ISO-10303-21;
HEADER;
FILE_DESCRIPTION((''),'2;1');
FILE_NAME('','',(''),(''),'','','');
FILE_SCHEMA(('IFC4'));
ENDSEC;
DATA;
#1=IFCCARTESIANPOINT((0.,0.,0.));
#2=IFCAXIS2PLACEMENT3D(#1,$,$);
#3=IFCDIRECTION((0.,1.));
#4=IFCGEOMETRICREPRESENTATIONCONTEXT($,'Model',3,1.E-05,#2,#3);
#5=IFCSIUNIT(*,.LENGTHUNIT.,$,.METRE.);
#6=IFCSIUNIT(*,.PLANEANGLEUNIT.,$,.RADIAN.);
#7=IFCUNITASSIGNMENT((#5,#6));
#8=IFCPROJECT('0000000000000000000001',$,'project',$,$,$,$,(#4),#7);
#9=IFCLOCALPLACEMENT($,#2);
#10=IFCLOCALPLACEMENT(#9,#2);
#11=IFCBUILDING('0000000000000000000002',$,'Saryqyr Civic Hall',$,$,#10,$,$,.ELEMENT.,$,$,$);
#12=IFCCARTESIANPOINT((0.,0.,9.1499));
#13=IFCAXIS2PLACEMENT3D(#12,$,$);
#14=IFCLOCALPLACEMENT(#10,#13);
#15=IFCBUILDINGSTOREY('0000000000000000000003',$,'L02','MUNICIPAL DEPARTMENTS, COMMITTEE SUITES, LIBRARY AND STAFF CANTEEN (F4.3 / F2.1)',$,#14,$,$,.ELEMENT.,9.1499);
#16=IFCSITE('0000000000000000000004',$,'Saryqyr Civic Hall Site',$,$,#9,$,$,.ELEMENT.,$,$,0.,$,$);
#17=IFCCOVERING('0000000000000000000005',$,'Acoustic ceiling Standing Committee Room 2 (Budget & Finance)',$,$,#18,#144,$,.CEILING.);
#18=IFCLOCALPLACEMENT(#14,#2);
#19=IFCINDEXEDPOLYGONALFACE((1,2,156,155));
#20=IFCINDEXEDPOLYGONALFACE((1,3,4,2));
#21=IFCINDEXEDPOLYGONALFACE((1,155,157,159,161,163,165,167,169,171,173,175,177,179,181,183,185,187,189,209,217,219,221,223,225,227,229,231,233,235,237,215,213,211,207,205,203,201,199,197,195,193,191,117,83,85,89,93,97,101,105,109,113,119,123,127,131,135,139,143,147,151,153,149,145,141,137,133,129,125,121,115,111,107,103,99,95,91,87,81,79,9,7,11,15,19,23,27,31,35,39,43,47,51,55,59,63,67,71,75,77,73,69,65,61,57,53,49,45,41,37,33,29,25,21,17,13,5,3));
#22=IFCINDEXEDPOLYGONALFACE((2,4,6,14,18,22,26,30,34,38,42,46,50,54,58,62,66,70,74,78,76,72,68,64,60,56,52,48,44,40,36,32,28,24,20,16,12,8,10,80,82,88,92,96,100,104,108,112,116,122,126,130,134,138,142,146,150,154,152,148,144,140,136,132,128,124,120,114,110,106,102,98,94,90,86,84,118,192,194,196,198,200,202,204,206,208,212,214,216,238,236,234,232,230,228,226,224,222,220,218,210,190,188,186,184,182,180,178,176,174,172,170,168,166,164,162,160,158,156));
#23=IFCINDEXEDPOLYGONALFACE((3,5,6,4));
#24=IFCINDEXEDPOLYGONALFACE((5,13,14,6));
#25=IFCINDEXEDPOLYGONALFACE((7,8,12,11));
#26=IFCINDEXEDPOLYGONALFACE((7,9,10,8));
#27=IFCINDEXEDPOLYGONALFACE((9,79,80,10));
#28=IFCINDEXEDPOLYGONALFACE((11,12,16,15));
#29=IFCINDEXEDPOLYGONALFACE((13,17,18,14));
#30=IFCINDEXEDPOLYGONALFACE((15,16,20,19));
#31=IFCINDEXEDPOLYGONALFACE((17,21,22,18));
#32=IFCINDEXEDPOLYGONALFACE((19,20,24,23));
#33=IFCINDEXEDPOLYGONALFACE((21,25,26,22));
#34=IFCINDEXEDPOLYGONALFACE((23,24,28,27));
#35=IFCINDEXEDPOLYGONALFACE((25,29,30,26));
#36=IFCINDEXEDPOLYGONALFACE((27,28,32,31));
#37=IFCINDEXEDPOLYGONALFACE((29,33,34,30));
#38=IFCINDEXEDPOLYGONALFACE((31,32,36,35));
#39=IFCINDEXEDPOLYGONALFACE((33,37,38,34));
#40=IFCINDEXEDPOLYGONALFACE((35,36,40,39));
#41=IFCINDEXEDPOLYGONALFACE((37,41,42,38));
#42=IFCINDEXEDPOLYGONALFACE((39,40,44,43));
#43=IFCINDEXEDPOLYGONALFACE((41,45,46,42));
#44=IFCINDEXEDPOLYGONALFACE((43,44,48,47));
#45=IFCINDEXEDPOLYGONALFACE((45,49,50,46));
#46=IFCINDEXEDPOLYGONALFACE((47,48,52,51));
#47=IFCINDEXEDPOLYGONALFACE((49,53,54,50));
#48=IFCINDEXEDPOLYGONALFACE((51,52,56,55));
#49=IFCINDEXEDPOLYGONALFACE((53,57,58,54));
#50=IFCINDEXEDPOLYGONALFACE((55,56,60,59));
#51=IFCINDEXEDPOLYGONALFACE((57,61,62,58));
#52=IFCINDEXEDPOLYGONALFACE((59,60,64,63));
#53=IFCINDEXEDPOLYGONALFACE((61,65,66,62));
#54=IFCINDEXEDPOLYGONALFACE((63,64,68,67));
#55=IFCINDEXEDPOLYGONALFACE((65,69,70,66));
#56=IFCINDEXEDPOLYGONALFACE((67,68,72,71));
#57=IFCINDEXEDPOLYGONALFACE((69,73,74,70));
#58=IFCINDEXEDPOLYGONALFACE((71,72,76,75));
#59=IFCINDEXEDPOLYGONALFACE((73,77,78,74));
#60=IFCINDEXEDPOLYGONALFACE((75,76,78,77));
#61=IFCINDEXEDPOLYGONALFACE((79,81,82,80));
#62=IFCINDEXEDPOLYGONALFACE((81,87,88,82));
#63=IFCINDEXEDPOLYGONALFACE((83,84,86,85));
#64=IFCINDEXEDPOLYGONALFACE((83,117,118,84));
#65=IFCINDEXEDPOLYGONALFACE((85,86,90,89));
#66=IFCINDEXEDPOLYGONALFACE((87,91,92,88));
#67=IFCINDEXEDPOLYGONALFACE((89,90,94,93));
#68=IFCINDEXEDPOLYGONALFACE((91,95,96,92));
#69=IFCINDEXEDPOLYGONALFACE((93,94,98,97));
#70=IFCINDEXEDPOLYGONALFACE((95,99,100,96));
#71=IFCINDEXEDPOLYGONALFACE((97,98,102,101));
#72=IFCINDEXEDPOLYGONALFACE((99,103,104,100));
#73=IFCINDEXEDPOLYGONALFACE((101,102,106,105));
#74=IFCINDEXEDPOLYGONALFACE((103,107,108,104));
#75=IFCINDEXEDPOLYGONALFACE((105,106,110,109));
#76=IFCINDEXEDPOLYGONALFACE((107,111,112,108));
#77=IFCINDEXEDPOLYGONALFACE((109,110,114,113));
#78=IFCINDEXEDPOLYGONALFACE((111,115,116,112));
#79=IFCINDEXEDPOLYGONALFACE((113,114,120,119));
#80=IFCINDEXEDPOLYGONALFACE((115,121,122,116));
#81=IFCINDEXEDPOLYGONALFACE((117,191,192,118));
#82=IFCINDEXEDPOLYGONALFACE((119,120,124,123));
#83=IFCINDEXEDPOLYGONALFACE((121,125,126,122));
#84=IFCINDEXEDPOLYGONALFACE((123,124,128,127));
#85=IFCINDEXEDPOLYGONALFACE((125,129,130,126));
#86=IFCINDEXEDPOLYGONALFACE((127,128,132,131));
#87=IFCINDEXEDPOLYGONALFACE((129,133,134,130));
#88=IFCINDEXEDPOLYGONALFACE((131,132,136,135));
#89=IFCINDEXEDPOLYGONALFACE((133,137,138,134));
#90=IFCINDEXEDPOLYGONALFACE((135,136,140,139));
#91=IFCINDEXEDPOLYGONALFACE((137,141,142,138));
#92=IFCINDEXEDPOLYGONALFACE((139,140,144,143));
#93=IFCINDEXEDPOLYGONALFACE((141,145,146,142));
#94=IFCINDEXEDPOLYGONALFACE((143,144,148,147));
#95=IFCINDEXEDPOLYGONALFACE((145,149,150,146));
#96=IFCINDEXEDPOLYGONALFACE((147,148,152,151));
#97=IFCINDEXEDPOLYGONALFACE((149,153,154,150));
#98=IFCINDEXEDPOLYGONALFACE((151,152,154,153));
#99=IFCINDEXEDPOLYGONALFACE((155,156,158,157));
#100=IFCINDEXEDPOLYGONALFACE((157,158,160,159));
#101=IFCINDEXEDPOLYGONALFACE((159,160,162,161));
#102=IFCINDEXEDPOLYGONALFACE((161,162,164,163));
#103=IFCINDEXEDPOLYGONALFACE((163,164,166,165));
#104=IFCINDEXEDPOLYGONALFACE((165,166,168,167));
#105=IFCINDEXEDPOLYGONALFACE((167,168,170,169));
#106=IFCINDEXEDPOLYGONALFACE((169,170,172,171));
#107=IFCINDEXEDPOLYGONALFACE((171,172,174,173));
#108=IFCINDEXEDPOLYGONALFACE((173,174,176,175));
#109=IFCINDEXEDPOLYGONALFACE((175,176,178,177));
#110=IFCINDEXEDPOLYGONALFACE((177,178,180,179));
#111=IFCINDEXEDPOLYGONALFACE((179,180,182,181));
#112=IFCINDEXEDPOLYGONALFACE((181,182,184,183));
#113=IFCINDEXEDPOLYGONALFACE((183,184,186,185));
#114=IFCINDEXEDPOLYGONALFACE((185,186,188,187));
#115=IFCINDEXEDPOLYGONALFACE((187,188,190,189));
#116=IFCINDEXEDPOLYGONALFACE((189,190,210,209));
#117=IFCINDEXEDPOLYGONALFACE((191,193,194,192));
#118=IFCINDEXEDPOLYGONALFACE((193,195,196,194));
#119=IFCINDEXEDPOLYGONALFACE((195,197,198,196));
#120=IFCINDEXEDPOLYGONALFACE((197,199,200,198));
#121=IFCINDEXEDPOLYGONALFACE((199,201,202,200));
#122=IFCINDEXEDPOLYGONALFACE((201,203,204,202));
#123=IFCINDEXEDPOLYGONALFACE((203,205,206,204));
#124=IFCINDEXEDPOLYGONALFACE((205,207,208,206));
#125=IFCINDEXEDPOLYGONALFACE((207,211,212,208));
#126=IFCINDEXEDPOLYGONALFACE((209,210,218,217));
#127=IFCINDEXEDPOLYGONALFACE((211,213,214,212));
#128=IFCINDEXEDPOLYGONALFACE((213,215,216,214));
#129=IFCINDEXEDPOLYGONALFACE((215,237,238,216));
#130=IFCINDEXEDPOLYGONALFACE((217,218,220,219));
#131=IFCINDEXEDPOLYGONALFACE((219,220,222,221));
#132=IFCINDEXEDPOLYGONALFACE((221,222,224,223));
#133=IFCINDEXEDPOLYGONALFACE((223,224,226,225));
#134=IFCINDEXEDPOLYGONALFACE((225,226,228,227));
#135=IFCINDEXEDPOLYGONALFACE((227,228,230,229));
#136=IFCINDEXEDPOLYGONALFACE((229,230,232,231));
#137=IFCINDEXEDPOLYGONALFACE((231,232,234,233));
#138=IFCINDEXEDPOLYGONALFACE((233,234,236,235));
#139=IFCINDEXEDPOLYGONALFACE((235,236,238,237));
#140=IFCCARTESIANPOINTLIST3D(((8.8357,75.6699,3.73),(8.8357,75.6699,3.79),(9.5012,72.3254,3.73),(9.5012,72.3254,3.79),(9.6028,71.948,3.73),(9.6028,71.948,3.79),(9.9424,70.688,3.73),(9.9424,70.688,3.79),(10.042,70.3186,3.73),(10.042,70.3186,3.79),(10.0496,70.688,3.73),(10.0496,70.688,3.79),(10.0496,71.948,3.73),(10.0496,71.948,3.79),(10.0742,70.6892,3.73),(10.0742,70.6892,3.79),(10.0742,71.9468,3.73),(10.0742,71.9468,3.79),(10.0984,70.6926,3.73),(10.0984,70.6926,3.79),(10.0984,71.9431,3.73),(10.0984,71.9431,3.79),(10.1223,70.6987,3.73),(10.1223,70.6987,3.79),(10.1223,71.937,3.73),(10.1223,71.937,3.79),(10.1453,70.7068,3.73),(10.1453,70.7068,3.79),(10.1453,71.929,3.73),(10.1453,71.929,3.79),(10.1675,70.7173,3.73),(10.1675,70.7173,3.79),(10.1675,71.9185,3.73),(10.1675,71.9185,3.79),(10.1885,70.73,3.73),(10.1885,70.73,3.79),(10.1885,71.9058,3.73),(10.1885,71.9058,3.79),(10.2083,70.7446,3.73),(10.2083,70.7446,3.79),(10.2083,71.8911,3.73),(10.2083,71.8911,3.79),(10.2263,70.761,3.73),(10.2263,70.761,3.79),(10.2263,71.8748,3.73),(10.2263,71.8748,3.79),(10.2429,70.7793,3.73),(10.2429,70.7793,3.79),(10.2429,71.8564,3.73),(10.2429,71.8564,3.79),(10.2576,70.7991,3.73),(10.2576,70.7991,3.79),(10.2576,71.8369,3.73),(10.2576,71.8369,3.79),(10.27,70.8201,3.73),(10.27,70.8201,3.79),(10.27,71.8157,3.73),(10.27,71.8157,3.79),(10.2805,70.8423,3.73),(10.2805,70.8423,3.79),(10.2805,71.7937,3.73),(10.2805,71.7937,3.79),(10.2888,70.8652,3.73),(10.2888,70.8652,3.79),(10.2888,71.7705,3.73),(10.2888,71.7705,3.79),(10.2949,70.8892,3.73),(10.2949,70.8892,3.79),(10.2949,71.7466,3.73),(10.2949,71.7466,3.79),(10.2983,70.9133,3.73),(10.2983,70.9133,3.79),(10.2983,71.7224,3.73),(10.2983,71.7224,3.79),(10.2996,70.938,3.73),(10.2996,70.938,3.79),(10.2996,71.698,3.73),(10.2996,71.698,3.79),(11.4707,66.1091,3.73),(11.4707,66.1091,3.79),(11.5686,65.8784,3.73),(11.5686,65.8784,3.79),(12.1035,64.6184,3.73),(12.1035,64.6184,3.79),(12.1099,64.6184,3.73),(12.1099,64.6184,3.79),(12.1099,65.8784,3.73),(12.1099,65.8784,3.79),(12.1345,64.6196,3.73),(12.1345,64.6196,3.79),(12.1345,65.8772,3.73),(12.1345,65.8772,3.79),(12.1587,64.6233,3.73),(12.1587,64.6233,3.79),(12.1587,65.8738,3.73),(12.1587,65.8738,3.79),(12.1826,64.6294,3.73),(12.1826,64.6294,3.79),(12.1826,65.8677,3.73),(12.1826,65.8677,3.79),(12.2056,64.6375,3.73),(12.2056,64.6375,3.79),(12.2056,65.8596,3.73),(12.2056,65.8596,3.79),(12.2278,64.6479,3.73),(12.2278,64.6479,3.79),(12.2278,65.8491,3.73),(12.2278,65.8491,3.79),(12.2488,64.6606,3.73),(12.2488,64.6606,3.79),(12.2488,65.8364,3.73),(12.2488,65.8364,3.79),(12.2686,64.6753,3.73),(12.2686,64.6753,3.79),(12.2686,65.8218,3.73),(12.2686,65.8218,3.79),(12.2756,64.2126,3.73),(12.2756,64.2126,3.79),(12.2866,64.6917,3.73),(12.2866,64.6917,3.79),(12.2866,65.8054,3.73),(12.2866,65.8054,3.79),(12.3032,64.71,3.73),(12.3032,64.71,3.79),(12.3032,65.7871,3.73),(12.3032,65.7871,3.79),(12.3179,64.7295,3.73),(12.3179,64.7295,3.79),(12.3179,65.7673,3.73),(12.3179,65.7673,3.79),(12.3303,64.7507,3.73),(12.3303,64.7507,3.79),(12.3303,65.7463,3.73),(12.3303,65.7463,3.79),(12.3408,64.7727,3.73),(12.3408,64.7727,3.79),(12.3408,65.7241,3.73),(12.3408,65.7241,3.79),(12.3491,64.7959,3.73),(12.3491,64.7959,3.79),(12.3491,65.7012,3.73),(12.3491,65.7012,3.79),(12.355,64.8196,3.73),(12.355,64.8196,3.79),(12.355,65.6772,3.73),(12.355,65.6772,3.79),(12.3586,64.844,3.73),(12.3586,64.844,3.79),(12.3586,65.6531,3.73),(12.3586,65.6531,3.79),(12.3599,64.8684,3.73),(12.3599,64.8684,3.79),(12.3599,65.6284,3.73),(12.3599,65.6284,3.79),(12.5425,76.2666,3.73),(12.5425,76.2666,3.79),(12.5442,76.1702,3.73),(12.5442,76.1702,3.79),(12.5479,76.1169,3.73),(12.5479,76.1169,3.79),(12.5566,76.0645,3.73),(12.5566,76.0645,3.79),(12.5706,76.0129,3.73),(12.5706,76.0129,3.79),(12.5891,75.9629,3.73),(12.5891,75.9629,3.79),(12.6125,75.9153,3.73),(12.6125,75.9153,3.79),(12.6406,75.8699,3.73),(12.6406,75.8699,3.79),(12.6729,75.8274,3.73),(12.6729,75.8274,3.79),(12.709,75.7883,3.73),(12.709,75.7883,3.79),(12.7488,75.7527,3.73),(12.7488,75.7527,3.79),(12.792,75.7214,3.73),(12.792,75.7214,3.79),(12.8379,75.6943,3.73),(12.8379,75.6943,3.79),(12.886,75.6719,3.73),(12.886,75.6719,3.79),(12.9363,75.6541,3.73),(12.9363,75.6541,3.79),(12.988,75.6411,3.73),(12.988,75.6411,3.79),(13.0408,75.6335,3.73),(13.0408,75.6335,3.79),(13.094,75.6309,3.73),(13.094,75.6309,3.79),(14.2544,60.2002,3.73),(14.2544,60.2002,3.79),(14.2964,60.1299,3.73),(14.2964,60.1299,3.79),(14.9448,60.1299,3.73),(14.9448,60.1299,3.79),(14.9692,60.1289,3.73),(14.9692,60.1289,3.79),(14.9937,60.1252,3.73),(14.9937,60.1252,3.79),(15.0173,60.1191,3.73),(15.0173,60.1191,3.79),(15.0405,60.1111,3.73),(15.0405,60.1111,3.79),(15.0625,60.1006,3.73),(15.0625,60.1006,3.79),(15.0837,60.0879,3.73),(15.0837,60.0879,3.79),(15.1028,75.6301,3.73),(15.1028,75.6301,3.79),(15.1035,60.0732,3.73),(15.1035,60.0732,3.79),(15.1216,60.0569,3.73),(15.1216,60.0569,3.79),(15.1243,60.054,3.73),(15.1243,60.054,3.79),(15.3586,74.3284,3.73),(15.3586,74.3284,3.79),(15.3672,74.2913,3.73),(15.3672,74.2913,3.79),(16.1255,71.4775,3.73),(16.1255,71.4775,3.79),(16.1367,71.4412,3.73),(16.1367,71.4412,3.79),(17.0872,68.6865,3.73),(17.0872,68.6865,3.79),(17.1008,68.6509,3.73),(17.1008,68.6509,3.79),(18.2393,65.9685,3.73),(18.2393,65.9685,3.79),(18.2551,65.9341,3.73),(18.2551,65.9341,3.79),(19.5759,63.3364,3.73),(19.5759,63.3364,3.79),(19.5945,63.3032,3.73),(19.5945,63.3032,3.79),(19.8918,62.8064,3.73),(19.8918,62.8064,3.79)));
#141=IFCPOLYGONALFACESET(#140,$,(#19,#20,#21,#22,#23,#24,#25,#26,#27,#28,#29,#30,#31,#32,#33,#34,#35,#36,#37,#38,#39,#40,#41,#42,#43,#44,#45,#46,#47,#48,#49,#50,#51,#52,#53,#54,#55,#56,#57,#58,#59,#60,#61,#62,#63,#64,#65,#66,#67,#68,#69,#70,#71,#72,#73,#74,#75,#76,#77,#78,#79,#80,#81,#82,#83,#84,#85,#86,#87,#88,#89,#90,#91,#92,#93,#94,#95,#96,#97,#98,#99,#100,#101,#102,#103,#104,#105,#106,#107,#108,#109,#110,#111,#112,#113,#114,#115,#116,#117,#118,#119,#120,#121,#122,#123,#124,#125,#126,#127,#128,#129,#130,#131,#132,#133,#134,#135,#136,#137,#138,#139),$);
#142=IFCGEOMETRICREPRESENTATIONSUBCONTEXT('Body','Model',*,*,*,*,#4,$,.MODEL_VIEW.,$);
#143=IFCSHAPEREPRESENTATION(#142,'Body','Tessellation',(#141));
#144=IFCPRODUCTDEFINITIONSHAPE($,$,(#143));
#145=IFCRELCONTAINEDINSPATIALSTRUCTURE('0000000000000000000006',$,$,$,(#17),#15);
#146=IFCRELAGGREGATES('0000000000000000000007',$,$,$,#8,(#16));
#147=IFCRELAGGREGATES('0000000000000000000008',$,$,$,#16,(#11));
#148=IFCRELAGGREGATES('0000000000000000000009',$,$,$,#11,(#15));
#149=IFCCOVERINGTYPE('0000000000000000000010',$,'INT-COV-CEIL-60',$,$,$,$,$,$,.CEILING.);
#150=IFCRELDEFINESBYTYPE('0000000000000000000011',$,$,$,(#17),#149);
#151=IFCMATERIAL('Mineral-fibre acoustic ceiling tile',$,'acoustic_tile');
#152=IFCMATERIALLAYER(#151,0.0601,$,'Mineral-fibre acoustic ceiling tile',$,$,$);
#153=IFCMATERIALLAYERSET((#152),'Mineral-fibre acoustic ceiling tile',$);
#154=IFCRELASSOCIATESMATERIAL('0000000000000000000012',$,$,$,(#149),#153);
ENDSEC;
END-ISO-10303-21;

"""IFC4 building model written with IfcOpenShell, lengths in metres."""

from ifc_helpers import new_model, si_unit, direction, frame, origin, place, context, subcontext, project, spatial, polyline, outline, extrude, material, layer, layer_set, type_object, element, save


model = new_model("IFC4")

# Units and contexts
model_context = context("Model", 3, precision=1e-05, world=origin(), true_north=direction((0.0, 1.0)))
body_context = subcontext(model_context, "Body", "Model", "MODEL_VIEW")
ifc_project = project(units=[si_unit("LENGTHUNIT", "METRE"), si_unit("PLANEANGLEUNIT", "RADIAN")], contexts=[model_context])

# Site, building, storey
site_placement = place(None, origin())
site = spatial("IfcSite", under=ifc_project, at=site_placement, Name="Saryqyr Civic Hall Site", CompositionType="ELEMENT", RefElevation=0.0)
building_placement = place(site_placement, origin())
building = spatial("IfcBuilding", under=site, at=building_placement, Name="Saryqyr Civic Hall", CompositionType="ELEMENT")
storey_placement = place(building_placement, frame((0.0, 0.0, 9.1499)))
storey = spatial("IfcBuildingStorey", under=building, at=storey_placement, Name="L02", Description="MUNICIPAL DEPARTMENTS, COMMITTEE SUITES, LIBRARY AND STAFF CANTEEN (F4.3 / F2.1)", CompositionType="ELEMENT", Elevation=9.1499)

# Covering
ifc_material_1 = material(Name="Mineral-fibre acoustic ceiling tile", Category="acoustic_tile")
ifc_layer_1 = layer(ifc_material_1, 0.0601, Name="Mineral-fibre acoustic ceiling tile")
ifc_layer_set_1 = layer_set([ifc_layer_1], Name="Mineral-fibre acoustic ceiling tile")
covering_type = type_object("IfcCoveringType", Name="INT-COV-CEIL-60", PredefinedType="CEILING", material=ifc_layer_set_1)
covering_1_placement = place(storey_placement, frame((0.0, 0.0, 3.73)))
element("IfcCovering", 1, at=covering_1_placement, inside=storey, type_object=covering_type, Name="Acoustic ceiling Standing Committee Room 2 (Budget & Finance)", PredefinedType="CEILING", context=body_context, shape_type="SweptSolid", body=[
    extrude(outline(polyline([(12.5479, 76.1169), (12.5566, 76.0645), (12.5706, 76.0129), (12.5891, 75.9629), (12.6125, 75.9153), (12.6406, 75.8699), (12.6729, 75.8274), (12.709, 75.7883), (12.7488, 75.7527), (12.792, 75.7214), (12.8379, 75.6943), (12.886, 75.6719), (12.9363, 75.6541), (12.988, 75.6411), (13.0408, 75.6335), (13.094, 75.6309), (15.1028, 75.6301), (15.3586, 74.3284), (15.3672, 74.2913), (16.1255, 71.4775), (16.1367, 71.4412), (17.0872, 68.6865), (17.1008, 68.6509), (18.2393, 65.9685), (18.2551, 65.9341), (19.5759, 63.3364), (19.5945, 63.3032), (19.8918, 62.8064), (15.1243, 60.054), (15.1216, 60.0569), (15.1035, 60.0732), (15.0837, 60.0879), (15.0625, 60.1006), (15.0405, 60.1111), (15.0173, 60.1191), (14.9937, 60.1252), (14.9692, 60.1289), (14.9448, 60.1299), (14.2964, 60.1299), (14.2544, 60.2002), (12.2756, 64.2126), (12.1035, 64.6184), (12.1099, 64.6184), (12.1345, 64.6196), (12.1587, 64.6233), (12.1826, 64.6294), (12.2056, 64.6375), (12.2278, 64.6479), (12.2488, 64.6606), (12.2686, 64.6753), (12.2866, 64.6917), (12.3032, 64.71), (12.3179, 64.7295), (12.3303, 64.7507), (12.3408, 64.7727), (12.3491, 64.7959), (12.355, 64.8196), (12.3586, 64.844), (12.3599, 64.8684), (12.3599, 65.6284), (12.3586, 65.6531), (12.355, 65.6772), (12.3491, 65.7012), (12.3408, 65.7241), (12.3303, 65.7463), (12.3179, 65.7673), (12.3032, 65.7871), (12.2866, 65.8054), (12.2686, 65.8218), (12.2488, 65.8364), (12.2278, 65.8491), (12.2056, 65.8596), (12.1826, 65.8677), (12.1587, 65.8738), (12.1345, 65.8772), (12.1099, 65.8784), (11.5686, 65.8784), (11.4707, 66.1091), (10.042, 70.3186), (9.9424, 70.688), (10.0496, 70.688), (10.0742, 70.6892), (10.0984, 70.6926), (10.1223, 70.6987), (10.1453, 70.7068), (10.1675, 70.7173), (10.1885, 70.73), (10.2083, 70.7446), (10.2263, 70.761), (10.2429, 70.7793), (10.2576, 70.7991), (10.27, 70.8201), (10.2805, 70.8423), (10.2888, 70.8652), (10.2949, 70.8892), (10.2983, 70.9133), (10.2996, 70.938), (10.2996, 71.698), (10.2983, 71.7224), (10.2949, 71.7466), (10.2888, 71.7705), (10.2805, 71.7937), (10.27, 71.8157), (10.2576, 71.8369), (10.2429, 71.8564), (10.2263, 71.8748), (10.2083, 71.8911), (10.1885, 71.9058), (10.1675, 71.9185), (10.1453, 71.929), (10.1223, 71.937), (10.0984, 71.9431), (10.0742, 71.9468), (10.0496, 71.948), (9.6028, 71.948), (9.5012, 72.3254), (8.8357, 75.6699), (12.5425, 76.2666), (12.5442, 76.1702), (12.5479, 76.1169)])), origin(), (0.0, 0.0, 1.0), 0.0601),
])

save(model, "model.ifc")
